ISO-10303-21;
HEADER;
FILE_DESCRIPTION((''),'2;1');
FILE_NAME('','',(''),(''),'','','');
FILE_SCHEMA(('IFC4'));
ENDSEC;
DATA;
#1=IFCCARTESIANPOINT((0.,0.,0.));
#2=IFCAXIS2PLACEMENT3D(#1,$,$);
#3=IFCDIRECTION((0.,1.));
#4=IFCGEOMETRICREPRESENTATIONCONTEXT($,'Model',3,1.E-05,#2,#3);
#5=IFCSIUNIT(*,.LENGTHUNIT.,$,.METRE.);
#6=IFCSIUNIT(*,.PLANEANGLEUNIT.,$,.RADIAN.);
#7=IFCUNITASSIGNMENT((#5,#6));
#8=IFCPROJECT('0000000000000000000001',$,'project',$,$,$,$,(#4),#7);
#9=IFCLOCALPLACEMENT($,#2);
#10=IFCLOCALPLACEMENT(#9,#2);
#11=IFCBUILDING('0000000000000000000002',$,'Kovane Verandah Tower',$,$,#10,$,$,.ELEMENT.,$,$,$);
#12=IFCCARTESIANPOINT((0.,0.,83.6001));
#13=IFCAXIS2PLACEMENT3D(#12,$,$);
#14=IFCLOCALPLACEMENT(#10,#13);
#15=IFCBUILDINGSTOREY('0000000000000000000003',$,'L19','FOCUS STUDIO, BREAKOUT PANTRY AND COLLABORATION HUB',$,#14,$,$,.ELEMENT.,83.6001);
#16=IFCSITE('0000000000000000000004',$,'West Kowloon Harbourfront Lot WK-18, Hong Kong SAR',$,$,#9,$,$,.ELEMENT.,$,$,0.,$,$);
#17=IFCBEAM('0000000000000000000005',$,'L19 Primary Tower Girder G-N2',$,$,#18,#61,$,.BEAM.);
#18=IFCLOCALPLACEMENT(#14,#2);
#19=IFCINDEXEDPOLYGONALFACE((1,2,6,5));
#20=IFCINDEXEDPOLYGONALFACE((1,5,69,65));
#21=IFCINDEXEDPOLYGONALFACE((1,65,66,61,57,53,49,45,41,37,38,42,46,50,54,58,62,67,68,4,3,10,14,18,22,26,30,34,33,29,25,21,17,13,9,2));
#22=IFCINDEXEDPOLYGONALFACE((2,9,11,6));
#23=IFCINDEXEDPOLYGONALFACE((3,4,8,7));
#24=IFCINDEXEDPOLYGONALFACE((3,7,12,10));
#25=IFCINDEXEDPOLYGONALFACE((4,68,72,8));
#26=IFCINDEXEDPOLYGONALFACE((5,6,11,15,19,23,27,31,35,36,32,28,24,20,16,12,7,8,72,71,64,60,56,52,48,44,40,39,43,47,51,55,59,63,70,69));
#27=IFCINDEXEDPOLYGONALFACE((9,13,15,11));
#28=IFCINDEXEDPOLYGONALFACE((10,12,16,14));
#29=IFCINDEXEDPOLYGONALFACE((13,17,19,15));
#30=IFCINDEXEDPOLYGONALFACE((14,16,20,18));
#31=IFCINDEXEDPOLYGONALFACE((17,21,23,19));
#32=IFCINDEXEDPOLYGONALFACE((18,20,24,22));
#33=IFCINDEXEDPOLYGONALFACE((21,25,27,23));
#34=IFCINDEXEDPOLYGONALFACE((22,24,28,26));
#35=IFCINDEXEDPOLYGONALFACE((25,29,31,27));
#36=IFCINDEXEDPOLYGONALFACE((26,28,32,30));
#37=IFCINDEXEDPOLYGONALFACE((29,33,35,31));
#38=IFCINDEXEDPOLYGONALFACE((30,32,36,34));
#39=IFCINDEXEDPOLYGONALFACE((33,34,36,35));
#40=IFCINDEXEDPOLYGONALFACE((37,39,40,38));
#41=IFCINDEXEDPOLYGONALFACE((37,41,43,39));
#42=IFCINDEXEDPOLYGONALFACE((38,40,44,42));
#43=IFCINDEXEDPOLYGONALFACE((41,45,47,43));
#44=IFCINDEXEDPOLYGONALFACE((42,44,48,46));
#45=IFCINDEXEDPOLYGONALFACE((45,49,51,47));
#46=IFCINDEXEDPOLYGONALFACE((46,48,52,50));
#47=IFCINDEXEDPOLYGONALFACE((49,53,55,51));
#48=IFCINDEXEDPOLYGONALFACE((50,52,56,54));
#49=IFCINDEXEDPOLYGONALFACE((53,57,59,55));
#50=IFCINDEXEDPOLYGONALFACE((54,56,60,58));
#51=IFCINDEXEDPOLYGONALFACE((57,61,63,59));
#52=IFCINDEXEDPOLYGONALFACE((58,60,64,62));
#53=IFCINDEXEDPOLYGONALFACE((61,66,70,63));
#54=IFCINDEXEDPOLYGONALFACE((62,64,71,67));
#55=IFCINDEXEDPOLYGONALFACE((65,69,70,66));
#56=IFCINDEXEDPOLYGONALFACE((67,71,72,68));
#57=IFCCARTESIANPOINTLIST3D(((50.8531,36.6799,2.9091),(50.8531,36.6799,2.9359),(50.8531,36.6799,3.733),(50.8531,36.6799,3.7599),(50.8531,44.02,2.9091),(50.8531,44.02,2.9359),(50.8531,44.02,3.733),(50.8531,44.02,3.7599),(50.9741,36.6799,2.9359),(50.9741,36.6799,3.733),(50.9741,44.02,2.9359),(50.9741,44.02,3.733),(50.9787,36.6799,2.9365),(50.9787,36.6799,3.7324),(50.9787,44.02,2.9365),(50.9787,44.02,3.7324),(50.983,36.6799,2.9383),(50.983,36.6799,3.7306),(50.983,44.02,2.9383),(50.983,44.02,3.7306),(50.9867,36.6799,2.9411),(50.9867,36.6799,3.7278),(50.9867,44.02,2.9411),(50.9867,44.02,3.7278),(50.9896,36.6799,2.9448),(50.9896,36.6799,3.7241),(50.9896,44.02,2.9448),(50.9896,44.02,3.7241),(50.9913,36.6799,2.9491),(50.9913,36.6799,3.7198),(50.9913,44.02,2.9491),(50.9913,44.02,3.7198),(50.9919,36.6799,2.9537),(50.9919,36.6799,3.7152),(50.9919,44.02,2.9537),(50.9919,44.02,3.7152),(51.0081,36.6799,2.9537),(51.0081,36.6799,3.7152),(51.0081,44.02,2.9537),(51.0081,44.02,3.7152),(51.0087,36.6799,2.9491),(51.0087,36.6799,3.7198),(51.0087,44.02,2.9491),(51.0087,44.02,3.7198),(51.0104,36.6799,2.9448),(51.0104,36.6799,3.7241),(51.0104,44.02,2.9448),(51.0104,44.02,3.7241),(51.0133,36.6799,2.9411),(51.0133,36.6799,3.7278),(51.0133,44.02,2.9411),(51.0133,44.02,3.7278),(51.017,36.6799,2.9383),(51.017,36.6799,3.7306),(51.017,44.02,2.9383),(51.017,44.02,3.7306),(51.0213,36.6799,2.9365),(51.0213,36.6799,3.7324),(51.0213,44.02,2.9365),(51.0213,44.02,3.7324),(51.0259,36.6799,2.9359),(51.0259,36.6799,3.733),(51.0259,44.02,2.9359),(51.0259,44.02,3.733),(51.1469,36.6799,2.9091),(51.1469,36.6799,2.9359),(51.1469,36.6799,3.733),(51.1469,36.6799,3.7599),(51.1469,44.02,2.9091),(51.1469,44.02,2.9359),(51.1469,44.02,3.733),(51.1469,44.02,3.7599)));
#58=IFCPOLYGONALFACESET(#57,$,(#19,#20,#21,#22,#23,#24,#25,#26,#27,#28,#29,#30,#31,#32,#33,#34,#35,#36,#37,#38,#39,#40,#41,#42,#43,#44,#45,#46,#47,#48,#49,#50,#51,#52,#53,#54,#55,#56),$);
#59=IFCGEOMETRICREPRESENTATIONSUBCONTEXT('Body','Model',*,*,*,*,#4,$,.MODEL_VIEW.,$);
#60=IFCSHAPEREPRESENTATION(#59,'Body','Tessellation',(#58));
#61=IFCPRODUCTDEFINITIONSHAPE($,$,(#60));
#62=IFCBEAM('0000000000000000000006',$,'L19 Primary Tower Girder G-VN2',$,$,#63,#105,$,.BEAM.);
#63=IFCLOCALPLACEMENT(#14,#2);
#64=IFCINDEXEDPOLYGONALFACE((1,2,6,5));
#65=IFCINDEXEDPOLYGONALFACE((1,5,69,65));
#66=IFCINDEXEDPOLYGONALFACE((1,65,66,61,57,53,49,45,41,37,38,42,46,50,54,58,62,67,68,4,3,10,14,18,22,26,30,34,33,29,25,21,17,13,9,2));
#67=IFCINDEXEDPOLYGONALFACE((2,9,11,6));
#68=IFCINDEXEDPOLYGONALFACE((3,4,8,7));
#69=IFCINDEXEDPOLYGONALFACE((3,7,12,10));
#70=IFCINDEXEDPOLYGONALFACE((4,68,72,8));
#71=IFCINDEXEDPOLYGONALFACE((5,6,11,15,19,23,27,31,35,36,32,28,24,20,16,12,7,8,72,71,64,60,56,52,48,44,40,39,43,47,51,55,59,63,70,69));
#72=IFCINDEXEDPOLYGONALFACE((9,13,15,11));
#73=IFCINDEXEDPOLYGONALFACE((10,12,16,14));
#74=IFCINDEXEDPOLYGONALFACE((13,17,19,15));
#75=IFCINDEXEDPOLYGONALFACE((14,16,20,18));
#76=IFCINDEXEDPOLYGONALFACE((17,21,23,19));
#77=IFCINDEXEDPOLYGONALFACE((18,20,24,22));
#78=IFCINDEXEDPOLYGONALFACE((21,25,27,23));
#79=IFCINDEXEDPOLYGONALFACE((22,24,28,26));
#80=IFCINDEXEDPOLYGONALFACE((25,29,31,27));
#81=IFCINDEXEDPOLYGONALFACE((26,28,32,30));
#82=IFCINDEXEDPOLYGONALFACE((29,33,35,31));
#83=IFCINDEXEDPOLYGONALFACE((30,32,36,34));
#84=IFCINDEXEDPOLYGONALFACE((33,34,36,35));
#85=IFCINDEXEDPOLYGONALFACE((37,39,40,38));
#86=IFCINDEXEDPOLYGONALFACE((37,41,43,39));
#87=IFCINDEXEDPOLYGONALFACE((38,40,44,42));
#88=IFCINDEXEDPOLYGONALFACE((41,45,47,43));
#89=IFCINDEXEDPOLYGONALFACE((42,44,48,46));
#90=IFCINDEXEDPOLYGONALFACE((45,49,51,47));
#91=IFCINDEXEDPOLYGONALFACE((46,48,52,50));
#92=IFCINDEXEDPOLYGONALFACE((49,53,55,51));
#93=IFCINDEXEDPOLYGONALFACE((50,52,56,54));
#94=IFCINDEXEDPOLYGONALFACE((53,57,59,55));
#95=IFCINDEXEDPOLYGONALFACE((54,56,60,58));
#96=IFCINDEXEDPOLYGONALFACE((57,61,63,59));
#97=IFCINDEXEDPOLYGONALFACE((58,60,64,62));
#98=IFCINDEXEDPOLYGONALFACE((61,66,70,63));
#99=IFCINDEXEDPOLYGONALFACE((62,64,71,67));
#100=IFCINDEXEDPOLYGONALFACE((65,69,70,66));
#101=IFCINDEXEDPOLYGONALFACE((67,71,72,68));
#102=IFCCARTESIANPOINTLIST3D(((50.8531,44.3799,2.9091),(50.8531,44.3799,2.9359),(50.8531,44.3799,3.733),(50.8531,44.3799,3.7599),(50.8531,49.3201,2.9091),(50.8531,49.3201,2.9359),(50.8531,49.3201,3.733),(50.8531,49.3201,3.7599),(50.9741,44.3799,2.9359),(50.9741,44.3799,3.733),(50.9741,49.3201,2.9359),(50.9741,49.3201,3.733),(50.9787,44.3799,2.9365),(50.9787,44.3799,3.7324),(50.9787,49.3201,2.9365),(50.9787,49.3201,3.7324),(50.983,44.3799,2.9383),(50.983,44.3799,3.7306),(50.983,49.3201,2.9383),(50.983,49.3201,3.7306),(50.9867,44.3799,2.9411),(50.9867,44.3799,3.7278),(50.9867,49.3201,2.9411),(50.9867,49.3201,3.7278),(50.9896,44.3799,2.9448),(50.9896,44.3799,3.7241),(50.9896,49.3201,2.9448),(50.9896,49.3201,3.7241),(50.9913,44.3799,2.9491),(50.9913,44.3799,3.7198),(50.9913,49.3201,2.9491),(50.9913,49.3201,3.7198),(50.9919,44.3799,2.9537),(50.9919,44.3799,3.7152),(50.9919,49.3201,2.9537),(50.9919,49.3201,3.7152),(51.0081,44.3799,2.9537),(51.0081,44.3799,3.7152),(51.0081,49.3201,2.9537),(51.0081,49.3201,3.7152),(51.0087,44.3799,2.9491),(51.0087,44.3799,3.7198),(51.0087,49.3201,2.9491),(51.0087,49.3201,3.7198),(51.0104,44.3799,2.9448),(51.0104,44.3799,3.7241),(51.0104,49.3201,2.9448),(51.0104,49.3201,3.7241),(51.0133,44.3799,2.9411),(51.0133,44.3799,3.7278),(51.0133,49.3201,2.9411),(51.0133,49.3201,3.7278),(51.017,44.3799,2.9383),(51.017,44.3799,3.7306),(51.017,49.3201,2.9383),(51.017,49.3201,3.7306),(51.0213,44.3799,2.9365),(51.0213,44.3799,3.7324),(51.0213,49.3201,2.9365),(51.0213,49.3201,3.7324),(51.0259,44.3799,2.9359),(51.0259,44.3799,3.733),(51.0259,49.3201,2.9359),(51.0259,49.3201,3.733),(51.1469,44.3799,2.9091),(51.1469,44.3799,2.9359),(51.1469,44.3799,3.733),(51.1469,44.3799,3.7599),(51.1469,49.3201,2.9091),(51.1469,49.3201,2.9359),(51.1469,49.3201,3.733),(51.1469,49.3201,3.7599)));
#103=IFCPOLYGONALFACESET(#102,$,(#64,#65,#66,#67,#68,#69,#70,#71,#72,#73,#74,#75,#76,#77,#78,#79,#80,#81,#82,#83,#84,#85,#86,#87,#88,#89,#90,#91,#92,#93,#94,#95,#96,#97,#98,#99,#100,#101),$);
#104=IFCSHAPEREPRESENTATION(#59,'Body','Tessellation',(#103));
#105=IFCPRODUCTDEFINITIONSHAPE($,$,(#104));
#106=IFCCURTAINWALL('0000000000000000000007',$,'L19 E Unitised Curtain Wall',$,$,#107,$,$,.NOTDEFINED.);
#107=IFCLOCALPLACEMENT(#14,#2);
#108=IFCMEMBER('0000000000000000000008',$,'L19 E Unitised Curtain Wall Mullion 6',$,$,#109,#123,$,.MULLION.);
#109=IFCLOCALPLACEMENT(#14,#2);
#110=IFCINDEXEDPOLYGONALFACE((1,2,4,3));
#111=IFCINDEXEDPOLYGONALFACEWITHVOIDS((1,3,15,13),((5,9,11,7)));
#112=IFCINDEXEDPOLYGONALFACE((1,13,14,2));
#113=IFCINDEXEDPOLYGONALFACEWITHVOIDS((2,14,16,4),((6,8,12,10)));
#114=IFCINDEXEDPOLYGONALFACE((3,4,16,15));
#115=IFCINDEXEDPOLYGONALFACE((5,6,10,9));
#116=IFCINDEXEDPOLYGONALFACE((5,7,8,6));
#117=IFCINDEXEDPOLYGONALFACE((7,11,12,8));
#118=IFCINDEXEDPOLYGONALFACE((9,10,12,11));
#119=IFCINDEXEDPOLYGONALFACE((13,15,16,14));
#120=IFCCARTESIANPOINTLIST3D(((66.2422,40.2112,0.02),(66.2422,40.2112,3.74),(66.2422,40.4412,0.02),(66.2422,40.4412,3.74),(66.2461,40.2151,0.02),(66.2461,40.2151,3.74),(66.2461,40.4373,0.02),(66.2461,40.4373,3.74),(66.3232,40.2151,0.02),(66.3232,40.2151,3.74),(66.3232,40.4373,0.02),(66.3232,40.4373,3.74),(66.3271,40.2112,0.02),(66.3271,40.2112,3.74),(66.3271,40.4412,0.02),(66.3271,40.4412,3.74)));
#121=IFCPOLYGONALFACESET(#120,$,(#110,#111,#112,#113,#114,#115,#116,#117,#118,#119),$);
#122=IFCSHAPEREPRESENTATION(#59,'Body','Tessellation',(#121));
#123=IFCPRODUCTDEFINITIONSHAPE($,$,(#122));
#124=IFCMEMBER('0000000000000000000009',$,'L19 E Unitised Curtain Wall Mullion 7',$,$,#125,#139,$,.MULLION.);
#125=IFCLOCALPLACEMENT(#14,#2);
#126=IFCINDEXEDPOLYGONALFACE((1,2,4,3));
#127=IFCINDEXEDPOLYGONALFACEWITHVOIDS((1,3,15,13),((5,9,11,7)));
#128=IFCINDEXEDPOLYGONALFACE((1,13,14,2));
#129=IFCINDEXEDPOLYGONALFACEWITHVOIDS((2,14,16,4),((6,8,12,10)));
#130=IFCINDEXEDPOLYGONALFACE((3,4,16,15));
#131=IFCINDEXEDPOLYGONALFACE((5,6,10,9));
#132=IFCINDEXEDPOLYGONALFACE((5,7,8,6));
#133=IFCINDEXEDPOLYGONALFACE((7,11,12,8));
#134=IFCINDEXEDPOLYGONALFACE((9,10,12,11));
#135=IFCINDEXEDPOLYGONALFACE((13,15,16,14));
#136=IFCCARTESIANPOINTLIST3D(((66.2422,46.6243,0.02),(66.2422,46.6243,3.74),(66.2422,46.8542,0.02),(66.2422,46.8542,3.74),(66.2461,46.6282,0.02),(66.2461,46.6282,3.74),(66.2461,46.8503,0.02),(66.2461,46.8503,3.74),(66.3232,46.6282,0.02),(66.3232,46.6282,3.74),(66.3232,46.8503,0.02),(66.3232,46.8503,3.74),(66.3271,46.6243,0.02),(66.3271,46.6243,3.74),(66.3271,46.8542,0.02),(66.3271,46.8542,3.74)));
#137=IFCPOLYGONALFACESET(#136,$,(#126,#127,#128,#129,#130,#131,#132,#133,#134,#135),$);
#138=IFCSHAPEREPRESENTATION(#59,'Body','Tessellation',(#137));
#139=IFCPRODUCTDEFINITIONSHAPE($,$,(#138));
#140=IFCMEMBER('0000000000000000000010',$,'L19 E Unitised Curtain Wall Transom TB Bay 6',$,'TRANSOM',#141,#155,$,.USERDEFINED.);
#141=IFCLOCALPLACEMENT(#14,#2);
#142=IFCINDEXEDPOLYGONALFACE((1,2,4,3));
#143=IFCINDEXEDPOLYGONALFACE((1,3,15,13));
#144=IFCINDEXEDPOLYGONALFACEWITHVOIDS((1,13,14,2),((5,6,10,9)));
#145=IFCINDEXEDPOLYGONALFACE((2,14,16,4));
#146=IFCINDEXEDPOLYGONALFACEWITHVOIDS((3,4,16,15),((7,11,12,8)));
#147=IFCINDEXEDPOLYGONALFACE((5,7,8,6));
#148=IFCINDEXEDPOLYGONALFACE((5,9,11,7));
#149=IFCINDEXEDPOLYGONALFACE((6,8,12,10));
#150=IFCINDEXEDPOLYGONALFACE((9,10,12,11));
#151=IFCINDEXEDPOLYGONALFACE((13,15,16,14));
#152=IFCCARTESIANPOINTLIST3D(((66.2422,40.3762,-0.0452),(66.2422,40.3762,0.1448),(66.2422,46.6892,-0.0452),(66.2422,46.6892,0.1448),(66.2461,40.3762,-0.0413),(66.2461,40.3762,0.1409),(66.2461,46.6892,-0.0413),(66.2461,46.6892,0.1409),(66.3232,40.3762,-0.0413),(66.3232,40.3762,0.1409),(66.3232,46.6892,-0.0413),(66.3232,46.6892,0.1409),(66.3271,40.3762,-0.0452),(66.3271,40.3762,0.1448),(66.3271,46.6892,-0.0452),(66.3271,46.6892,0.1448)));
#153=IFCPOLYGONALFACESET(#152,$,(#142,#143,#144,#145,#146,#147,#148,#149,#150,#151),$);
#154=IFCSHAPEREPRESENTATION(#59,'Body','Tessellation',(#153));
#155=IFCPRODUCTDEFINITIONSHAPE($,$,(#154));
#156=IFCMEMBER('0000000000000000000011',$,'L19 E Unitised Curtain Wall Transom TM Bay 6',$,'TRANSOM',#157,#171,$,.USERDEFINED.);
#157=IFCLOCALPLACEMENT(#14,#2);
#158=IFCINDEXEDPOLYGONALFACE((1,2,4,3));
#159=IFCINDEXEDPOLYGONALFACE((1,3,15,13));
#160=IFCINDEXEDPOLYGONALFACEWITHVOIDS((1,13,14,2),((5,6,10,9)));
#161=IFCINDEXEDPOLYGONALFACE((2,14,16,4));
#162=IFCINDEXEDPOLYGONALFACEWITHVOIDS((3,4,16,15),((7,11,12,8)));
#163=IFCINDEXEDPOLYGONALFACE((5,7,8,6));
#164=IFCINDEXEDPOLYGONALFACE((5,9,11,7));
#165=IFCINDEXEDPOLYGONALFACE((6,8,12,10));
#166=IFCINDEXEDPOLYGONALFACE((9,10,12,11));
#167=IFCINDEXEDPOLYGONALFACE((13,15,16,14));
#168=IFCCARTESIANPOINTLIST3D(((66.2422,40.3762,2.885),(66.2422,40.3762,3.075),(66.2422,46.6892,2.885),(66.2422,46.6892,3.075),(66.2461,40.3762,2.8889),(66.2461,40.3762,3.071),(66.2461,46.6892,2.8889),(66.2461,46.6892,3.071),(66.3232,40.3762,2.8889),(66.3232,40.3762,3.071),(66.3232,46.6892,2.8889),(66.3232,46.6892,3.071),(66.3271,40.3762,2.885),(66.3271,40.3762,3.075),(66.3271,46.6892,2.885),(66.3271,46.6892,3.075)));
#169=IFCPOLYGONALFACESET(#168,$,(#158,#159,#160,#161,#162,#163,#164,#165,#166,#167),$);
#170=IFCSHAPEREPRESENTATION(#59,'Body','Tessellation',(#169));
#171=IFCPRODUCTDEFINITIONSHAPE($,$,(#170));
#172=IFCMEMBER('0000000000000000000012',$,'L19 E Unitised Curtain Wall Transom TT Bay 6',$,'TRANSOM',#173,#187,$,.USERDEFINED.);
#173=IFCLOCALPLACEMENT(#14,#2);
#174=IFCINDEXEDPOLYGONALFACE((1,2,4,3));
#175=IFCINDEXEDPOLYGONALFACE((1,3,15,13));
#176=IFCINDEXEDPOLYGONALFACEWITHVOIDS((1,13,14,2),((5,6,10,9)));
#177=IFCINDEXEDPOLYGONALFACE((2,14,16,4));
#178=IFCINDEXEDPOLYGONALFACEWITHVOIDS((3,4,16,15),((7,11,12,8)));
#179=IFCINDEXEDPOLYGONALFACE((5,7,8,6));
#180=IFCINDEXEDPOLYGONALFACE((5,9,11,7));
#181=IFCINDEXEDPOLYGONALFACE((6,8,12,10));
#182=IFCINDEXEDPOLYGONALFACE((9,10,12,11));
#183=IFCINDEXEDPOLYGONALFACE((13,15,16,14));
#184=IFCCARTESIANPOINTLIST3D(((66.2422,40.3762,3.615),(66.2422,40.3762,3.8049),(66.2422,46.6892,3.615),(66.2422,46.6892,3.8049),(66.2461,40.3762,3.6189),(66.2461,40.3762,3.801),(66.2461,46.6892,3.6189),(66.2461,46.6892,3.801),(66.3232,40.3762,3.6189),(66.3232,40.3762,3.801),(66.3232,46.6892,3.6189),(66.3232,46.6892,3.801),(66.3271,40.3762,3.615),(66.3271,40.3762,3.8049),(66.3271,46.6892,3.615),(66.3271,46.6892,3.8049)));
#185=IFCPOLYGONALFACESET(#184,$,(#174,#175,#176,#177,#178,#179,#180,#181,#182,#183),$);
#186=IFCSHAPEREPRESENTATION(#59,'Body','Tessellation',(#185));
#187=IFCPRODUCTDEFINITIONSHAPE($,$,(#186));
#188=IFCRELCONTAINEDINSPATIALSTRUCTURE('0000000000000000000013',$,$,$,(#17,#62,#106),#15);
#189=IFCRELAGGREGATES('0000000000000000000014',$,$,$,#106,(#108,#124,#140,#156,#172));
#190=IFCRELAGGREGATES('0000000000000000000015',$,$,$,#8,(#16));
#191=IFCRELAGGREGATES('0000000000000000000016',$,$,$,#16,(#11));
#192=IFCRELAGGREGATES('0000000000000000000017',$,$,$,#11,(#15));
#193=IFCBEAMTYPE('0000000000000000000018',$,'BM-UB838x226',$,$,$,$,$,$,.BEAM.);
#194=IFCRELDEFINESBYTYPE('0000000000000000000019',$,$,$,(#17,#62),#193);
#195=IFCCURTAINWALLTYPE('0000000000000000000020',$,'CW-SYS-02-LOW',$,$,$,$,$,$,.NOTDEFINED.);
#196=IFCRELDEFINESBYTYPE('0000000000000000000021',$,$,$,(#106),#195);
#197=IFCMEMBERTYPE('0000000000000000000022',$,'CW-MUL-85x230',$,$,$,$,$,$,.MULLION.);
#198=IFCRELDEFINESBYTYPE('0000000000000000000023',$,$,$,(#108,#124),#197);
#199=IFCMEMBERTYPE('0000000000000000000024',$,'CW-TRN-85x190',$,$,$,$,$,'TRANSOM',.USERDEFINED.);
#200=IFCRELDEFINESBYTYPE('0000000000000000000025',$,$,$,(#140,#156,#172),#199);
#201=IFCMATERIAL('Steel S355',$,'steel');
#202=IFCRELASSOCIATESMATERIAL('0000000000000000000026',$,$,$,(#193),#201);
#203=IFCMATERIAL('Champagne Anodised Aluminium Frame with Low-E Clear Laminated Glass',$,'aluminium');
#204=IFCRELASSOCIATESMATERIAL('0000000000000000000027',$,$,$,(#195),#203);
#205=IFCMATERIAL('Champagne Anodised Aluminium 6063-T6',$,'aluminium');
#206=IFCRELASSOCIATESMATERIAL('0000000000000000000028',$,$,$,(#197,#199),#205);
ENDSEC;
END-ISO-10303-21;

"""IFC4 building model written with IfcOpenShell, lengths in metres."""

from ifc_helpers import new_model, si_unit, direction, frame, origin, origin_2d, place, context, subcontext, project, spatial, hollow_rectangle, i_section, extrude, material, material_profile, profile_set, type_object, element, aggregate, save


model = new_model("IFC4")

# Units and contexts
model_context = context("Model", 3, precision=1e-05, world=origin(), true_north=direction((0.0, 1.0)))
body_context = subcontext(model_context, "Body", "Model", "MODEL_VIEW")
ifc_project = project(units=[si_unit("LENGTHUNIT", "METRE"), si_unit("PLANEANGLEUNIT", "RADIAN")], contexts=[model_context])

# Site, building, storey
site_placement = place(None, origin())
site = spatial("IfcSite", under=ifc_project, at=site_placement, Name="West Kowloon Harbourfront Lot WK-18, Hong Kong SAR", CompositionType="ELEMENT", RefElevation=0.0)
building_placement = place(site_placement, origin())
building = spatial("IfcBuilding", under=site, at=building_placement, Name="Kovane Verandah Tower", CompositionType="ELEMENT")
storey_placement = place(building_placement, frame((0.0, 0.0, 83.6001)))
storey = spatial("IfcBuildingStorey", under=building, at=storey_placement, Name="L19", Description="FOCUS STUDIO, BREAKOUT PANTRY AND COLLABORATION HUB", CompositionType="ELEMENT", Elevation=83.6001)

# Beams
ifc_material_1 = material(Name="Steel S355", Category="steel")
ifc_material_profile_1 = material_profile(ifc_material_1, i_section(OverallWidth=0.2937, OverallDepth=0.8508, WebThickness=0.0161, FlangeThickness=0.0269, FilletRadius=0.0178, at=origin_2d()), Name="UB838x292x226")
ifc_profile_set_1 = profile_set([ifc_material_profile_1], Name="Steel S355")
beam_type_1 = type_object("IfcBeamType", Name="BM-UB838x226", PredefinedType="BEAM", material=ifc_profile_set_1)
for number, where, z_axis, x_axis, name in (
    (1, (51.0, 36.6799, 3.3345), (0.0, 1.0, 0.0), (-1.0, 0.0, 0.0), "L19 Primary Tower Girder G-N2"),
):
    element("IfcBeam", number, at=place(storey_placement, frame(where, z_axis=z_axis, x_axis=x_axis)), inside=storey, type_object=beam_type_1, Name=name, PredefinedType="BEAM", context=body_context, shape_type="SweptSolid", body=[
        extrude(i_section(OverallWidth=0.2937, OverallDepth=0.8508, WebThickness=0.0161, FlangeThickness=0.0269, FilletRadius=0.0178, at=origin_2d()), origin(), (0.0, 0.0, 1.0), 7.3401),
    ])
beam_1_placement = place(storey_placement, frame((51.0, 44.3799, 3.3345), z_axis=(0.0, 1.0, 0.0), x_axis=(-1.0, 0.0, 0.0)))
element("IfcBeam", 2, at=beam_1_placement, inside=storey, type_object=beam_type_1, Name="L19 Primary Tower Girder G-VN2", PredefinedType="BEAM", context=body_context, shape_type="SweptSolid", body=[
    extrude(i_section(OverallWidth=0.2937, OverallDepth=0.8508, WebThickness=0.0161, FlangeThickness=0.0269, FilletRadius=0.0178, at=origin_2d()), origin(), (0.0, 0.0, 1.0), 4.9402),
])

# Curtain wall, members
ifc_material_2 = material(Name="Champagne Anodised Aluminium Frame with Low-E Clear Laminated Glass", Category="aluminium")
curtain_wall_type = type_object("IfcCurtainWallType", Name="CW-SYS-02-LOW", PredefinedType="NOTDEFINED", material=ifc_material_2)
curtain_wall_placement = place(storey_placement, origin())
curtain_wall = element("IfcCurtainWall", 3, at=curtain_wall_placement, inside=storey, type_object=curtain_wall_type, Name="L19 E Unitised Curtain Wall", PredefinedType="NOTDEFINED")
ifc_material_3 = material(Name="Champagne Anodised Aluminium 6063-T6", Category="aluminium")
ifc_material_profile_2 = material_profile(ifc_material_3, hollow_rectangle(XDim=0.085, YDim=0.23, WallThickness=0.0039, at=origin_2d()), Name="AL85x230x4")
ifc_profile_set_2 = profile_set([ifc_material_profile_2], Name="Champagne Anodised Aluminium 6063-T6")
member_type_1 = type_object("IfcMemberType", Name="CW-MUL-85x230", PredefinedType="MULLION", material=ifc_profile_set_2)
member_1_placement = place(storey_placement, frame((66.2847, 40.3262, 0.02), z_axis=(0.0, 0.0, 1.0), x_axis=(1.0, 0.0, 0.0)))
member_1 = element("IfcMember", 4, at=member_1_placement, type_object=member_type_1, Name="L19 E Unitised Curtain Wall Mullion 6", PredefinedType="MULLION", context=body_context, shape_type="SweptSolid", body=[
    extrude(hollow_rectangle(XDim=0.085, YDim=0.23, WallThickness=0.0039, at=origin_2d()), origin(), (0.0, 0.0, 1.0), 3.72),
])
member_2_placement = place(storey_placement, frame((66.2847, 46.7393, 0.02), z_axis=(0.0, 0.0, 1.0), x_axis=(1.0, 0.0, 0.0)))
member_2 = element("IfcMember", 5, at=member_2_placement, type_object=member_type_1, Name="L19 E Unitised Curtain Wall Mullion 7", PredefinedType="MULLION", context=body_context, shape_type="SweptSolid", body=[
    extrude(hollow_rectangle(XDim=0.085, YDim=0.23, WallThickness=0.0039, at=origin_2d()), origin(), (0.0, 0.0, 1.0), 3.72),
])
ifc_material_profile_3 = material_profile(ifc_material_3, hollow_rectangle(XDim=0.085, YDim=0.1899, WallThickness=0.0039, at=origin_2d()), Name="AL85x190x4")
ifc_profile_set_3 = profile_set([ifc_material_profile_3], Name="Champagne Anodised Aluminium 6063-T6")
member_type_2 = type_object("IfcMemberType", Name="CW-TRN-85x190", ElementType="TRANSOM", PredefinedType="USERDEFINED", material=ifc_profile_set_3)
member_3_placement = place(storey_placement, frame((66.2847, 40.3762, 0.0498), z_axis=(0.0, 1.0, 0.0), x_axis=(-1.0, 0.0, 0.0)))
member_3 = element("IfcMember", 6, at=member_3_placement, type_object=member_type_2, Name="L19 E Unitised Curtain Wall Transom TB Bay 6", ObjectType="TRANSOM", PredefinedType="USERDEFINED", context=body_context, shape_type="SweptSolid", body=[
    extrude(hollow_rectangle(XDim=0.085, YDim=0.1899, WallThickness=0.0039, at=origin_2d()), origin(), (0.0, 0.0, 1.0), 6.313),
])
member_4_placement = place(storey_placement, frame((66.2847, 40.3762, 2.98), z_axis=(0.0, 1.0, 0.0), x_axis=(-1.0, 0.0, 0.0)))
member_4 = element("IfcMember", 7, at=member_4_placement, type_object=member_type_2, Name="L19 E Unitised Curtain Wall Transom TM Bay 6", ObjectType="TRANSOM", PredefinedType="USERDEFINED", context=body_context, shape_type="SweptSolid", body=[
    extrude(hollow_rectangle(XDim=0.085, YDim=0.1899, WallThickness=0.0039, at=origin_2d()), origin(), (0.0, 0.0, 1.0), 6.313),
])
member_5_placement = place(storey_placement, frame((66.2847, 40.3762, 3.71), z_axis=(0.0, 1.0, 0.0), x_axis=(-1.0, 0.0, 0.0)))
member_5 = element("IfcMember", 8, at=member_5_placement, type_object=member_type_2, Name="L19 E Unitised Curtain Wall Transom TT Bay 6", ObjectType="TRANSOM", PredefinedType="USERDEFINED", context=body_context, shape_type="SweptSolid", body=[
    extrude(hollow_rectangle(XDim=0.085, YDim=0.1899, WallThickness=0.0039, at=origin_2d()), origin(), (0.0, 0.0, 1.0), 6.313),
])

aggregate(curtain_wall, [member_1, member_2, member_3, member_4, member_5])

save(model, "model.ifc")
